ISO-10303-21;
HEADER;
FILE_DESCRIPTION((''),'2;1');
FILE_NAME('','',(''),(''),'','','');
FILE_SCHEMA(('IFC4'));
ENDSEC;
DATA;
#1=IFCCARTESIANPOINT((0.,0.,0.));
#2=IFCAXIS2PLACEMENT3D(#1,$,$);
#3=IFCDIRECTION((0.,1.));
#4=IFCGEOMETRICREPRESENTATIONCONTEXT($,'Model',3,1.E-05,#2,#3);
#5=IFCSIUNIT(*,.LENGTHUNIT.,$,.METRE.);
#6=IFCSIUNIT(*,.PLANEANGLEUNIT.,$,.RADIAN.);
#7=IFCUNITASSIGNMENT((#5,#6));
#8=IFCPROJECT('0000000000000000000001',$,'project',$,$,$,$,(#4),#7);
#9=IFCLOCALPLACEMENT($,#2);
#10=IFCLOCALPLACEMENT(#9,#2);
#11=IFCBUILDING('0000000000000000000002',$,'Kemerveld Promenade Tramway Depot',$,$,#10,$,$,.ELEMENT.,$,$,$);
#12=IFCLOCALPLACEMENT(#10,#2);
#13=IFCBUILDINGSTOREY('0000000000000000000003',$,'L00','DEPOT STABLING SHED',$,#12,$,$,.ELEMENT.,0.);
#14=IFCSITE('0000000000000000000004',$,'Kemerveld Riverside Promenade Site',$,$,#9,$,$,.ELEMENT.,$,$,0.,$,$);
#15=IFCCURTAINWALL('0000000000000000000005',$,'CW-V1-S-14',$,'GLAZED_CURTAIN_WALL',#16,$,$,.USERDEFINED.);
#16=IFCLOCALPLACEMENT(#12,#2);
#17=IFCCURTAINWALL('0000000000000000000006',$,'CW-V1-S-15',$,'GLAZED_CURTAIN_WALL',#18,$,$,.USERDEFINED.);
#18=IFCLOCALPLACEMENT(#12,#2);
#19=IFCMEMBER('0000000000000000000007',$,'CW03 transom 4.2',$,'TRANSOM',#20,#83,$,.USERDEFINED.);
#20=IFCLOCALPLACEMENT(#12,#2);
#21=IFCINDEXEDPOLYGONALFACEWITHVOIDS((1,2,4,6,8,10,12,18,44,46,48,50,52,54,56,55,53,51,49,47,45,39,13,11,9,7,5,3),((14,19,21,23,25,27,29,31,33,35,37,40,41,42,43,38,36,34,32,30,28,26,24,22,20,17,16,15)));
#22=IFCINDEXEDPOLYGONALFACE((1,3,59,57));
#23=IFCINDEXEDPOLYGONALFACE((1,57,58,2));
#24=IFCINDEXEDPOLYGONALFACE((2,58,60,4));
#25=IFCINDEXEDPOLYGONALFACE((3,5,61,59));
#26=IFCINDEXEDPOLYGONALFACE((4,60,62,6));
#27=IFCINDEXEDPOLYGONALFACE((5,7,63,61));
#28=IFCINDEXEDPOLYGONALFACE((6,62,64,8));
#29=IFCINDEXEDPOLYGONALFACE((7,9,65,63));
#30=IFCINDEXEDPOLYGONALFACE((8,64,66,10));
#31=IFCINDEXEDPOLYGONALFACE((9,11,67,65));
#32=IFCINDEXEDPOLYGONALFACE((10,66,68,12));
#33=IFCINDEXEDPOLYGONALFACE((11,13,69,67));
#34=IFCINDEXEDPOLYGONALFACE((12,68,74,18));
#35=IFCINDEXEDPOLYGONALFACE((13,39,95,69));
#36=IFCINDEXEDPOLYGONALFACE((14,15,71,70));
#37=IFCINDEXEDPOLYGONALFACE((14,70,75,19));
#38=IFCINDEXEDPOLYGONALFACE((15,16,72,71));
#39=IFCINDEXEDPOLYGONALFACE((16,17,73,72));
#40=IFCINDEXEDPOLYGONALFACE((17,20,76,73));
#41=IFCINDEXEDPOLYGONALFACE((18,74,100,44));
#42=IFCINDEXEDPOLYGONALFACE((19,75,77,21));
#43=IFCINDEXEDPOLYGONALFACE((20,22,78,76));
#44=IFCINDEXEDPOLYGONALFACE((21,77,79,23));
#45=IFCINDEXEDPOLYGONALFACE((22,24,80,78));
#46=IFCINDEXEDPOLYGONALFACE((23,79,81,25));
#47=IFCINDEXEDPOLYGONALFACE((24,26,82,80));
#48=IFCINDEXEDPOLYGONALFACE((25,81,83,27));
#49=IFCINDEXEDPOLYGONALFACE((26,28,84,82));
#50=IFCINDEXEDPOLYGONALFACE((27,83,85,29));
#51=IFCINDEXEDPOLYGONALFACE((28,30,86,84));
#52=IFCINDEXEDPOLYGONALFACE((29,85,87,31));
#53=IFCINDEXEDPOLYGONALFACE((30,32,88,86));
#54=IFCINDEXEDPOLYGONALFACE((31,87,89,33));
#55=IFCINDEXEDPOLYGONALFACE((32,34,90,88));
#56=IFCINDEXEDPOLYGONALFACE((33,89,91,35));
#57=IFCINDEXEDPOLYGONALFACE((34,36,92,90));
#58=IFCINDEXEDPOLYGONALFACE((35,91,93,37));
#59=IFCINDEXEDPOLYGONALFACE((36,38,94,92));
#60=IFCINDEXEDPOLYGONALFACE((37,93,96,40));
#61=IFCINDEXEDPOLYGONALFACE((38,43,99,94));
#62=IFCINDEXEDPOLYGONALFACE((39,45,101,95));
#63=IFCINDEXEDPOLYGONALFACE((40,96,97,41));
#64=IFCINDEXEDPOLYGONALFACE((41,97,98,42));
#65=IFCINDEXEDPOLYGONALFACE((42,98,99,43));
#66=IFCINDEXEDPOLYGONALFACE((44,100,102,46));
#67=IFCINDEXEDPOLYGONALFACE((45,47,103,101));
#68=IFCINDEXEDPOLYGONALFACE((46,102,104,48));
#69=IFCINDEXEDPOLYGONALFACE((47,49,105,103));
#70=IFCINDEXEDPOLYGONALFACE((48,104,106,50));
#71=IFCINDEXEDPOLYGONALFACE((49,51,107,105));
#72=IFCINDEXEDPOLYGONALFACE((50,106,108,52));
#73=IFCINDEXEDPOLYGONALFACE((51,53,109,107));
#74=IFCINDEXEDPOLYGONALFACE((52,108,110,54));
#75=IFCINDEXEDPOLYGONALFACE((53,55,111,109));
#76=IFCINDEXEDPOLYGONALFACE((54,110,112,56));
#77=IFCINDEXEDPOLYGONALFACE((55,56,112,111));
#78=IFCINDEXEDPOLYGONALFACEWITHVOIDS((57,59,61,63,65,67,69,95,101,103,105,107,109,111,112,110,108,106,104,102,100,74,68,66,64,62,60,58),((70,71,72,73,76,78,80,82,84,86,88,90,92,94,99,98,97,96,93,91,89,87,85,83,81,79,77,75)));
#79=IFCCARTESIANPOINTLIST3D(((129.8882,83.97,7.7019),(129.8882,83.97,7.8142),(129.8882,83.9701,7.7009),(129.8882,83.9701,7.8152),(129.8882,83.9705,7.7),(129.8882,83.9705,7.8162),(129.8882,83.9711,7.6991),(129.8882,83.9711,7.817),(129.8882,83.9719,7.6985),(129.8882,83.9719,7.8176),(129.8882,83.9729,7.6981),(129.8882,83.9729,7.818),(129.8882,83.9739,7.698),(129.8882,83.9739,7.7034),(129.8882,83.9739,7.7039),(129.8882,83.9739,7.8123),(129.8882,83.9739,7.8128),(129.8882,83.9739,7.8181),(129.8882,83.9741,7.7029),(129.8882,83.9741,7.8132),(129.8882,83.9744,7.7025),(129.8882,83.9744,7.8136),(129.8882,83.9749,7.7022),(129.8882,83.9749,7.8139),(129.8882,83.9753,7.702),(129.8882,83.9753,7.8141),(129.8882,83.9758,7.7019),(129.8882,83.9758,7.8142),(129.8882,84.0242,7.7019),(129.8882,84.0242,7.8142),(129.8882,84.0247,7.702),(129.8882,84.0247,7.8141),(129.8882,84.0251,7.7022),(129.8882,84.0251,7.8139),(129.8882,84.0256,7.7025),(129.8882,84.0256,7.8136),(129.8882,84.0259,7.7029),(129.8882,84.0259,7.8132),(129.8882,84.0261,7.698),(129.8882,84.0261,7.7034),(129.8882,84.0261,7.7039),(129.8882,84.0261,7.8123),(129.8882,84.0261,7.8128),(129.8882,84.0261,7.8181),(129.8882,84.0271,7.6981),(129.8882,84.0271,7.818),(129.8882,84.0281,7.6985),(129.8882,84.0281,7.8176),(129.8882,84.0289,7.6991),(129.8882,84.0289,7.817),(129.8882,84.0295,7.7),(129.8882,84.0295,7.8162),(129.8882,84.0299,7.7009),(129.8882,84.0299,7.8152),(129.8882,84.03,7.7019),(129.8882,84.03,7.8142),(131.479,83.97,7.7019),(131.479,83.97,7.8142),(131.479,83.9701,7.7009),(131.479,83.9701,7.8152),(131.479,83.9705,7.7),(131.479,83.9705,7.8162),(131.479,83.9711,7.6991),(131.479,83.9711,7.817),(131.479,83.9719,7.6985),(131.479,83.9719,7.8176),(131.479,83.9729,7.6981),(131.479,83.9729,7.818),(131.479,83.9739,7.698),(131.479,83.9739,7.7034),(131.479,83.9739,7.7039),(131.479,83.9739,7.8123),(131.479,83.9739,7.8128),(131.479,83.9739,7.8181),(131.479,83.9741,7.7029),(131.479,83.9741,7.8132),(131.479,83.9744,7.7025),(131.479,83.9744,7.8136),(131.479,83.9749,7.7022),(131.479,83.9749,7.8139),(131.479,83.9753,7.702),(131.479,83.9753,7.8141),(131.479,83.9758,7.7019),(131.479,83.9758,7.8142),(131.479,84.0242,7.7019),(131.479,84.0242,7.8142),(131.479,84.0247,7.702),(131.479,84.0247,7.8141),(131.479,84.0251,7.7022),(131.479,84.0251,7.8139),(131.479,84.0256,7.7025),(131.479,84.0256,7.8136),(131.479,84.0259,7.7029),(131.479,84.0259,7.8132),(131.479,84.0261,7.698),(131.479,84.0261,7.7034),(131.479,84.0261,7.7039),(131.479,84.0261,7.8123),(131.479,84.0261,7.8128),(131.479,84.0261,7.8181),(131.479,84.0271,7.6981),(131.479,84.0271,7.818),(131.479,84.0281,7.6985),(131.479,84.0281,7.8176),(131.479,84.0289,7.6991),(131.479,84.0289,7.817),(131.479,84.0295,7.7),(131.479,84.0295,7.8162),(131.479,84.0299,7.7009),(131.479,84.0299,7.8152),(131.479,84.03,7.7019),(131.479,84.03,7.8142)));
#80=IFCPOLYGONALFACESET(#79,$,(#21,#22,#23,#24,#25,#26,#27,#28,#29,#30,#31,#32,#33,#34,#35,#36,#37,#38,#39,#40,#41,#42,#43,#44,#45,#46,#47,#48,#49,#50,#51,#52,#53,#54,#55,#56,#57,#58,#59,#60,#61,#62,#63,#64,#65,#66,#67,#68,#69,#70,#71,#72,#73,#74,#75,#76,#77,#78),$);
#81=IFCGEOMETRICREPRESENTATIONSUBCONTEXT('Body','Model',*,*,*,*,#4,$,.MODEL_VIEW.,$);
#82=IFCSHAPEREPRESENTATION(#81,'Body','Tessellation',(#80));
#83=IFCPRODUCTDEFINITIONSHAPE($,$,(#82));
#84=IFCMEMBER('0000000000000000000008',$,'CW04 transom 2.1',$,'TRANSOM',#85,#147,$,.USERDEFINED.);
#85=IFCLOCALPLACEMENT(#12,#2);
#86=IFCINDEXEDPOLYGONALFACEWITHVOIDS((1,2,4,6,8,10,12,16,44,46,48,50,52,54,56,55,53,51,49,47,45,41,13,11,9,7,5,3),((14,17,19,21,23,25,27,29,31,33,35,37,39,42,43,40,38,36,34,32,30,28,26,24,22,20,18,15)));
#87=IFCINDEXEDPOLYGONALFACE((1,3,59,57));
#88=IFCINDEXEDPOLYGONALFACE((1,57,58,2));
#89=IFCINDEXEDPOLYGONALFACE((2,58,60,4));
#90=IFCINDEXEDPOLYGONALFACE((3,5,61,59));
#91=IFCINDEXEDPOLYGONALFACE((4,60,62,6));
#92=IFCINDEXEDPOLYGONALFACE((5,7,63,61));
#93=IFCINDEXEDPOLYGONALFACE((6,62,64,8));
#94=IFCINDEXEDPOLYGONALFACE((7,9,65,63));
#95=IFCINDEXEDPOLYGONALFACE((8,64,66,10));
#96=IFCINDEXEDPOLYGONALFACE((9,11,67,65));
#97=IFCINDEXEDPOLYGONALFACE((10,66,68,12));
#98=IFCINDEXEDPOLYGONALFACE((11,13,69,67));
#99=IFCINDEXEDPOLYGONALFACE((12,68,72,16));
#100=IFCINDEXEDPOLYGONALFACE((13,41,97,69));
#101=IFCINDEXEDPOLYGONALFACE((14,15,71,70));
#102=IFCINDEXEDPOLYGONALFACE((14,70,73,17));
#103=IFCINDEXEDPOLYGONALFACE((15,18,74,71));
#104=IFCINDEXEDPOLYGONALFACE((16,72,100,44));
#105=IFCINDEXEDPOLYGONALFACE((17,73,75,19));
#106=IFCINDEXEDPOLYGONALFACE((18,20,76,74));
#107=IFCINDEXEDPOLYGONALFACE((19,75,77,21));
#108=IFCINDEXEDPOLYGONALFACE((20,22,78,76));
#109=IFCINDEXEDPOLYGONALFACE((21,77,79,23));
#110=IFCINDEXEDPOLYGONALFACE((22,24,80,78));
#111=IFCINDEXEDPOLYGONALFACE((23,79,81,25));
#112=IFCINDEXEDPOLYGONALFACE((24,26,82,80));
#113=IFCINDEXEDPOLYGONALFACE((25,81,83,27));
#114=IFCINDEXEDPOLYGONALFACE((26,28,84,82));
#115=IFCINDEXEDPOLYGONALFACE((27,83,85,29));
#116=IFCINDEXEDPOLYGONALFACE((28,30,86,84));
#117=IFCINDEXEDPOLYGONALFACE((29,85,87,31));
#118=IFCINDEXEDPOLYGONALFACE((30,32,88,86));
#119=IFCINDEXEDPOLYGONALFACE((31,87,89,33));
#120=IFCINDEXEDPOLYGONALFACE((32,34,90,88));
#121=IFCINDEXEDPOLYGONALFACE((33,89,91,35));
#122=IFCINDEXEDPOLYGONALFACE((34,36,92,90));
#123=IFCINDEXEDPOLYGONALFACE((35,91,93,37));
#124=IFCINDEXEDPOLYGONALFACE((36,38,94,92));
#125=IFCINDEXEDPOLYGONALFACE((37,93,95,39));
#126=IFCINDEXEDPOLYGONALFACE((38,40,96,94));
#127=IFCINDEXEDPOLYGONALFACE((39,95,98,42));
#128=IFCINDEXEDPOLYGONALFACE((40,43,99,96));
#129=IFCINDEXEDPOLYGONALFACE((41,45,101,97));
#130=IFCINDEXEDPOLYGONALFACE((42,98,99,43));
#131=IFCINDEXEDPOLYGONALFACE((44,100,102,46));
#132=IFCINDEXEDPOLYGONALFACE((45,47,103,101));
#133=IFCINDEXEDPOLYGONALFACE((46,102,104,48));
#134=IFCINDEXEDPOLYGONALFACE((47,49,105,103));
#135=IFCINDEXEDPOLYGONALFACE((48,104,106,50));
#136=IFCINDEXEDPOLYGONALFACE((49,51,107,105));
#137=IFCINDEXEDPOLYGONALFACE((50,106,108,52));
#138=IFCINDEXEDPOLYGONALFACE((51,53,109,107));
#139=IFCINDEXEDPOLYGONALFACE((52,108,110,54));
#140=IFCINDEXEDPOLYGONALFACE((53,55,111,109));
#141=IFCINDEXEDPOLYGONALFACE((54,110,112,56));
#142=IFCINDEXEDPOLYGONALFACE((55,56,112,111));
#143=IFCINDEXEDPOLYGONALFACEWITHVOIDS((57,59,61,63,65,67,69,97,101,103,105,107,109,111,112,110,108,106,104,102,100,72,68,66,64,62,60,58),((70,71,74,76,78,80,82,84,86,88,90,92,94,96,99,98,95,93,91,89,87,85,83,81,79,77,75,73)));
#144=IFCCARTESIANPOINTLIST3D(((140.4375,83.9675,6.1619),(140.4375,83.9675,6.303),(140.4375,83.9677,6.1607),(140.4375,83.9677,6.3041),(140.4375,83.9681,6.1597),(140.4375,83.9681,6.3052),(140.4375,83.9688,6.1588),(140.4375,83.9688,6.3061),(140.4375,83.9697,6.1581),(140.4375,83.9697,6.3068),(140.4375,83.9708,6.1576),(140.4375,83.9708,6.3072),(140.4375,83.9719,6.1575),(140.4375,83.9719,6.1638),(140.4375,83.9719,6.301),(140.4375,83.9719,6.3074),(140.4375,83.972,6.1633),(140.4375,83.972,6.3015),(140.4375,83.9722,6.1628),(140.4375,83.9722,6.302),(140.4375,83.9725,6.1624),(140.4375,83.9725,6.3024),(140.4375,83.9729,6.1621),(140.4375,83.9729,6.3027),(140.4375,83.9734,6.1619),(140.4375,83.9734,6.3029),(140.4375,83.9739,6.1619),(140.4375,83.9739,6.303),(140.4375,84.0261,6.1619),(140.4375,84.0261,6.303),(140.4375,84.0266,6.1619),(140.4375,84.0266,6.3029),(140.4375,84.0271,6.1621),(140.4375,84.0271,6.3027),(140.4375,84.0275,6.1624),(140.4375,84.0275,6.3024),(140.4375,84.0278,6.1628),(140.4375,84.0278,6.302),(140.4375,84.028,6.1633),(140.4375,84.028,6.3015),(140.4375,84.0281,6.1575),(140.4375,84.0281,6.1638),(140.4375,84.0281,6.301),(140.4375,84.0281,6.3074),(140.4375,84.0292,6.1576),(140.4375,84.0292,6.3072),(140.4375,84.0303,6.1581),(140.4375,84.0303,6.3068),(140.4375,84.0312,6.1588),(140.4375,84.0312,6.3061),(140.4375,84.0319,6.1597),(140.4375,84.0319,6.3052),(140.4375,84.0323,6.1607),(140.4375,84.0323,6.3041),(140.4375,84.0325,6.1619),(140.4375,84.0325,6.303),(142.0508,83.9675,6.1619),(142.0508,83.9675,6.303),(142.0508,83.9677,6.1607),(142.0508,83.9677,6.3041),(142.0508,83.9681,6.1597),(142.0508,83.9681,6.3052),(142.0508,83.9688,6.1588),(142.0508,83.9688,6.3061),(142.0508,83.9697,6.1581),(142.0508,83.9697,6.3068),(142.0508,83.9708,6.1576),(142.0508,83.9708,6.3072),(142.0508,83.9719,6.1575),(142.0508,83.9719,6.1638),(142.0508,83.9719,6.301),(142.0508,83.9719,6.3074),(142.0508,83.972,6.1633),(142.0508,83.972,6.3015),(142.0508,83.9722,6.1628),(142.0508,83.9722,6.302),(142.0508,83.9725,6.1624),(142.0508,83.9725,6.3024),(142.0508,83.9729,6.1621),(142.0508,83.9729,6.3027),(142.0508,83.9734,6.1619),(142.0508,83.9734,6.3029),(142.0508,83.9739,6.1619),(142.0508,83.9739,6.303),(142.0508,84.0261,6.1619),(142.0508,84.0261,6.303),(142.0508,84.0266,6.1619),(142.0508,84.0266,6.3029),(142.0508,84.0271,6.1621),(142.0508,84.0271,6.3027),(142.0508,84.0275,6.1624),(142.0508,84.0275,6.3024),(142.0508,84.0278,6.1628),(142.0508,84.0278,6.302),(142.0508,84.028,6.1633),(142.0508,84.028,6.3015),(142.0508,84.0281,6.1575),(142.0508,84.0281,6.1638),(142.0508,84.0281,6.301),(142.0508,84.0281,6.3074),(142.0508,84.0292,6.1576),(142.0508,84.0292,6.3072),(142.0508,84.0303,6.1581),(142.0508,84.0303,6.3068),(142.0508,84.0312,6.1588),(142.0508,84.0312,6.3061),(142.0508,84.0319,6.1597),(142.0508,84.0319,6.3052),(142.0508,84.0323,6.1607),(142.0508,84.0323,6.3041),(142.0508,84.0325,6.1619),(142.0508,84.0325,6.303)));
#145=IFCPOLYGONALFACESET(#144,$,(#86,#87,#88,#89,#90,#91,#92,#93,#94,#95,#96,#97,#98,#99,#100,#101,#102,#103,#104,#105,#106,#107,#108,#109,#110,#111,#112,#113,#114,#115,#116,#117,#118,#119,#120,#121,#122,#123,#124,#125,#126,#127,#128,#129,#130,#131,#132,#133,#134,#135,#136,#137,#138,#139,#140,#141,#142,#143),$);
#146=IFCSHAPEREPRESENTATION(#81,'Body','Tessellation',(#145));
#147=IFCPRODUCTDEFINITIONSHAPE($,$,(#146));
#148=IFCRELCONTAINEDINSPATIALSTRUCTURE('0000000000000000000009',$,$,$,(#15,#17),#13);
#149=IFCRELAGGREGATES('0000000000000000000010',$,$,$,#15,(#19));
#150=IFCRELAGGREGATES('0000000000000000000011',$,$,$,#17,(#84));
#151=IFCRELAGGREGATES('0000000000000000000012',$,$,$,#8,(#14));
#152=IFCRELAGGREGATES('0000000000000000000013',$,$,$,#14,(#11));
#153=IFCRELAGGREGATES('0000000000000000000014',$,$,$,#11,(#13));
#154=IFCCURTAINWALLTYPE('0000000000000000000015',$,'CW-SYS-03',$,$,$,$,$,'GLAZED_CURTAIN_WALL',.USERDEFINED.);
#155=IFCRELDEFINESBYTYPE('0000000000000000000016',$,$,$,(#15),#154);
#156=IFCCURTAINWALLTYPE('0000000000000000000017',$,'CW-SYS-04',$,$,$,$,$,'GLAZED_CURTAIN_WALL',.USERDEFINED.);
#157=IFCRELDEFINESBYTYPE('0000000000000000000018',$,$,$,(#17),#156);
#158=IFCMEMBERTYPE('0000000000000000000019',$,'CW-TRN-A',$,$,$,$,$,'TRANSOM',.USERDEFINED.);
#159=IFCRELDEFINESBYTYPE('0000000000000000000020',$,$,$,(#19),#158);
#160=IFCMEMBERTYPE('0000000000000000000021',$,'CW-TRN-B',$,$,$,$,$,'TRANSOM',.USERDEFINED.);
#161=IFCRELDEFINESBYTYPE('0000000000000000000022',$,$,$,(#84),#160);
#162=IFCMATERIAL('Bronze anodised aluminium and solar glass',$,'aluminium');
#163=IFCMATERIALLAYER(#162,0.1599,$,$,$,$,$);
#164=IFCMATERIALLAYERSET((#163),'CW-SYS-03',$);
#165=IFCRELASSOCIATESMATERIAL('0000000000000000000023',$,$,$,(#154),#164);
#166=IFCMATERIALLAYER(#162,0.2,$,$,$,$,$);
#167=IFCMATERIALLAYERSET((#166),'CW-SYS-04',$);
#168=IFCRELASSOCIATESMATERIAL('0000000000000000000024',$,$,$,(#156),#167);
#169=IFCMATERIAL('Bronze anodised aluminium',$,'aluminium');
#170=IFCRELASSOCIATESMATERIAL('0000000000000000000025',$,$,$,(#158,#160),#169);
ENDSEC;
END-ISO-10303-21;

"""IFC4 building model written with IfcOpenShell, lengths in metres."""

from ifc_helpers import new_model, si_unit, direction, frame, origin, origin_2d, place, context, subcontext, project, spatial, hollow_rectangle, extrude, material, layer, layer_set, material_profile, profile_set, type_object, element, aggregate, save


model = new_model("IFC4")

# Units and contexts
model_context = context("Model", 3, precision=1e-05, world=origin(), true_north=direction((0.0, 1.0)))
body_context = subcontext(model_context, "Body", "Model", "MODEL_VIEW")
ifc_project = project(units=[si_unit("LENGTHUNIT", "METRE"), si_unit("PLANEANGLEUNIT", "RADIAN")], contexts=[model_context])

# Site, building, storey
site_placement = place(None, origin())
site = spatial("IfcSite", under=ifc_project, at=site_placement, Name="Kemerveld Riverside Promenade Site", CompositionType="ELEMENT", RefElevation=0.0)
building_placement = place(site_placement, origin())
building = spatial("IfcBuilding", under=site, at=building_placement, Name="Kemerveld Promenade Tramway Depot", CompositionType="ELEMENT")
storey_placement = place(building_placement, origin())
storey = spatial("IfcBuildingStorey", under=building, at=storey_placement, Name="L00", Description="DEPOT STABLING SHED", CompositionType="ELEMENT", Elevation=0.0)

# Curtain walls
ifc_material_1 = material(Name="Bronze anodised aluminium and solar glass", Category="aluminium")
ifc_layer_1 = layer(ifc_material_1, 0.1599)
ifc_layer_set_1 = layer_set([ifc_layer_1], Name="CW-SYS-03")
curtain_wall_type_1 = type_object("IfcCurtainWallType", Name="CW-SYS-03", ElementType="GLAZED_CURTAIN_WALL", PredefinedType="USERDEFINED", material=ifc_layer_set_1)
curtain_wall_1_placement = place(storey_placement, origin())
curtain_wall_1 = element("IfcCurtainWall", 1, at=curtain_wall_1_placement, inside=storey, type_object=curtain_wall_type_1, Name="CW-V1-S-14", ObjectType="GLAZED_CURTAIN_WALL", PredefinedType="USERDEFINED")
ifc_material_2 = material(Name="Bronze anodised aluminium", Category="aluminium")
ifc_layer_2 = layer(ifc_material_1, 0.2)
ifc_layer_set_2 = layer_set([ifc_layer_2], Name="CW-SYS-04")
curtain_wall_type_2 = type_object("IfcCurtainWallType", Name="CW-SYS-04", ElementType="GLAZED_CURTAIN_WALL", PredefinedType="USERDEFINED", material=ifc_layer_set_2)
curtain_wall_2_placement = place(storey_placement, origin())
curtain_wall_2 = element("IfcCurtainWall", 2, at=curtain_wall_2_placement, inside=storey, type_object=curtain_wall_type_2, Name="CW-V1-S-15", ObjectType="GLAZED_CURTAIN_WALL", PredefinedType="USERDEFINED")

# Members
ifc_material_profile_1 = material_profile(ifc_material_2, hollow_rectangle(XDim=0.0601, YDim=0.1201, WallThickness=0.0039, InnerFilletRadius=0.002, OuterFilletRadius=0.0039, at=origin_2d()), Name="CW-TRN-120x60")
ifc_profile_set_1 = profile_set([ifc_material_profile_1], Name="Bronze anodised aluminium")
member_type_1 = type_object("IfcMemberType", Name="CW-TRN-A", ElementType="TRANSOM", PredefinedType="USERDEFINED", material=ifc_profile_set_1)
member_1_placement = place(storey_placement, frame((131.479, 84.0, 7.7581), z_axis=(-1.0, 0.0, 0.0), x_axis=(0.0, -1.0, 0.0)))
member_1 = element("IfcMember", 3, at=member_1_placement, type_object=member_type_1, Name="CW03 transom 4.2", ObjectType="TRANSOM", PredefinedType="USERDEFINED", context=body_context, shape_type="SweptSolid", body=[
    extrude(hollow_rectangle(XDim=0.0601, YDim=0.1201, WallThickness=0.0039, InnerFilletRadius=0.002, OuterFilletRadius=0.0039, at=origin_2d()), origin(), (0.0, 0.0, 1.0), 1.5908),
])
ifc_material_profile_2 = material_profile(ifc_material_2, hollow_rectangle(XDim=0.0649, YDim=0.1499, WallThickness=0.0044, InnerFilletRadius=0.002, OuterFilletRadius=0.0044, at=origin_2d()), Name="CW-TRN-150x65")
ifc_profile_set_2 = profile_set([ifc_material_profile_2], Name="Bronze anodised aluminium")
member_type_2 = type_object("IfcMemberType", Name="CW-TRN-B", ElementType="TRANSOM", PredefinedType="USERDEFINED", material=ifc_profile_set_2)
member_2_placement = place(storey_placement, frame((142.0508, 84.0, 6.2324), z_axis=(-1.0, 0.0, 0.0), x_axis=(0.0, -1.0, 0.0)))
member_2 = element("IfcMember", 4, at=member_2_placement, type_object=member_type_2, Name="CW04 transom 2.1", ObjectType="TRANSOM", PredefinedType="USERDEFINED", context=body_context, shape_type="SweptSolid", body=[
    extrude(hollow_rectangle(XDim=0.0649, YDim=0.1499, WallThickness=0.0044, InnerFilletRadius=0.002, OuterFilletRadius=0.0044, at=origin_2d()), origin(), (0.0, 0.0, 1.0), 1.6133),
])

aggregate(curtain_wall_1, [member_1])
aggregate(curtain_wall_2, [member_2])

save(model, "model.ifc")
